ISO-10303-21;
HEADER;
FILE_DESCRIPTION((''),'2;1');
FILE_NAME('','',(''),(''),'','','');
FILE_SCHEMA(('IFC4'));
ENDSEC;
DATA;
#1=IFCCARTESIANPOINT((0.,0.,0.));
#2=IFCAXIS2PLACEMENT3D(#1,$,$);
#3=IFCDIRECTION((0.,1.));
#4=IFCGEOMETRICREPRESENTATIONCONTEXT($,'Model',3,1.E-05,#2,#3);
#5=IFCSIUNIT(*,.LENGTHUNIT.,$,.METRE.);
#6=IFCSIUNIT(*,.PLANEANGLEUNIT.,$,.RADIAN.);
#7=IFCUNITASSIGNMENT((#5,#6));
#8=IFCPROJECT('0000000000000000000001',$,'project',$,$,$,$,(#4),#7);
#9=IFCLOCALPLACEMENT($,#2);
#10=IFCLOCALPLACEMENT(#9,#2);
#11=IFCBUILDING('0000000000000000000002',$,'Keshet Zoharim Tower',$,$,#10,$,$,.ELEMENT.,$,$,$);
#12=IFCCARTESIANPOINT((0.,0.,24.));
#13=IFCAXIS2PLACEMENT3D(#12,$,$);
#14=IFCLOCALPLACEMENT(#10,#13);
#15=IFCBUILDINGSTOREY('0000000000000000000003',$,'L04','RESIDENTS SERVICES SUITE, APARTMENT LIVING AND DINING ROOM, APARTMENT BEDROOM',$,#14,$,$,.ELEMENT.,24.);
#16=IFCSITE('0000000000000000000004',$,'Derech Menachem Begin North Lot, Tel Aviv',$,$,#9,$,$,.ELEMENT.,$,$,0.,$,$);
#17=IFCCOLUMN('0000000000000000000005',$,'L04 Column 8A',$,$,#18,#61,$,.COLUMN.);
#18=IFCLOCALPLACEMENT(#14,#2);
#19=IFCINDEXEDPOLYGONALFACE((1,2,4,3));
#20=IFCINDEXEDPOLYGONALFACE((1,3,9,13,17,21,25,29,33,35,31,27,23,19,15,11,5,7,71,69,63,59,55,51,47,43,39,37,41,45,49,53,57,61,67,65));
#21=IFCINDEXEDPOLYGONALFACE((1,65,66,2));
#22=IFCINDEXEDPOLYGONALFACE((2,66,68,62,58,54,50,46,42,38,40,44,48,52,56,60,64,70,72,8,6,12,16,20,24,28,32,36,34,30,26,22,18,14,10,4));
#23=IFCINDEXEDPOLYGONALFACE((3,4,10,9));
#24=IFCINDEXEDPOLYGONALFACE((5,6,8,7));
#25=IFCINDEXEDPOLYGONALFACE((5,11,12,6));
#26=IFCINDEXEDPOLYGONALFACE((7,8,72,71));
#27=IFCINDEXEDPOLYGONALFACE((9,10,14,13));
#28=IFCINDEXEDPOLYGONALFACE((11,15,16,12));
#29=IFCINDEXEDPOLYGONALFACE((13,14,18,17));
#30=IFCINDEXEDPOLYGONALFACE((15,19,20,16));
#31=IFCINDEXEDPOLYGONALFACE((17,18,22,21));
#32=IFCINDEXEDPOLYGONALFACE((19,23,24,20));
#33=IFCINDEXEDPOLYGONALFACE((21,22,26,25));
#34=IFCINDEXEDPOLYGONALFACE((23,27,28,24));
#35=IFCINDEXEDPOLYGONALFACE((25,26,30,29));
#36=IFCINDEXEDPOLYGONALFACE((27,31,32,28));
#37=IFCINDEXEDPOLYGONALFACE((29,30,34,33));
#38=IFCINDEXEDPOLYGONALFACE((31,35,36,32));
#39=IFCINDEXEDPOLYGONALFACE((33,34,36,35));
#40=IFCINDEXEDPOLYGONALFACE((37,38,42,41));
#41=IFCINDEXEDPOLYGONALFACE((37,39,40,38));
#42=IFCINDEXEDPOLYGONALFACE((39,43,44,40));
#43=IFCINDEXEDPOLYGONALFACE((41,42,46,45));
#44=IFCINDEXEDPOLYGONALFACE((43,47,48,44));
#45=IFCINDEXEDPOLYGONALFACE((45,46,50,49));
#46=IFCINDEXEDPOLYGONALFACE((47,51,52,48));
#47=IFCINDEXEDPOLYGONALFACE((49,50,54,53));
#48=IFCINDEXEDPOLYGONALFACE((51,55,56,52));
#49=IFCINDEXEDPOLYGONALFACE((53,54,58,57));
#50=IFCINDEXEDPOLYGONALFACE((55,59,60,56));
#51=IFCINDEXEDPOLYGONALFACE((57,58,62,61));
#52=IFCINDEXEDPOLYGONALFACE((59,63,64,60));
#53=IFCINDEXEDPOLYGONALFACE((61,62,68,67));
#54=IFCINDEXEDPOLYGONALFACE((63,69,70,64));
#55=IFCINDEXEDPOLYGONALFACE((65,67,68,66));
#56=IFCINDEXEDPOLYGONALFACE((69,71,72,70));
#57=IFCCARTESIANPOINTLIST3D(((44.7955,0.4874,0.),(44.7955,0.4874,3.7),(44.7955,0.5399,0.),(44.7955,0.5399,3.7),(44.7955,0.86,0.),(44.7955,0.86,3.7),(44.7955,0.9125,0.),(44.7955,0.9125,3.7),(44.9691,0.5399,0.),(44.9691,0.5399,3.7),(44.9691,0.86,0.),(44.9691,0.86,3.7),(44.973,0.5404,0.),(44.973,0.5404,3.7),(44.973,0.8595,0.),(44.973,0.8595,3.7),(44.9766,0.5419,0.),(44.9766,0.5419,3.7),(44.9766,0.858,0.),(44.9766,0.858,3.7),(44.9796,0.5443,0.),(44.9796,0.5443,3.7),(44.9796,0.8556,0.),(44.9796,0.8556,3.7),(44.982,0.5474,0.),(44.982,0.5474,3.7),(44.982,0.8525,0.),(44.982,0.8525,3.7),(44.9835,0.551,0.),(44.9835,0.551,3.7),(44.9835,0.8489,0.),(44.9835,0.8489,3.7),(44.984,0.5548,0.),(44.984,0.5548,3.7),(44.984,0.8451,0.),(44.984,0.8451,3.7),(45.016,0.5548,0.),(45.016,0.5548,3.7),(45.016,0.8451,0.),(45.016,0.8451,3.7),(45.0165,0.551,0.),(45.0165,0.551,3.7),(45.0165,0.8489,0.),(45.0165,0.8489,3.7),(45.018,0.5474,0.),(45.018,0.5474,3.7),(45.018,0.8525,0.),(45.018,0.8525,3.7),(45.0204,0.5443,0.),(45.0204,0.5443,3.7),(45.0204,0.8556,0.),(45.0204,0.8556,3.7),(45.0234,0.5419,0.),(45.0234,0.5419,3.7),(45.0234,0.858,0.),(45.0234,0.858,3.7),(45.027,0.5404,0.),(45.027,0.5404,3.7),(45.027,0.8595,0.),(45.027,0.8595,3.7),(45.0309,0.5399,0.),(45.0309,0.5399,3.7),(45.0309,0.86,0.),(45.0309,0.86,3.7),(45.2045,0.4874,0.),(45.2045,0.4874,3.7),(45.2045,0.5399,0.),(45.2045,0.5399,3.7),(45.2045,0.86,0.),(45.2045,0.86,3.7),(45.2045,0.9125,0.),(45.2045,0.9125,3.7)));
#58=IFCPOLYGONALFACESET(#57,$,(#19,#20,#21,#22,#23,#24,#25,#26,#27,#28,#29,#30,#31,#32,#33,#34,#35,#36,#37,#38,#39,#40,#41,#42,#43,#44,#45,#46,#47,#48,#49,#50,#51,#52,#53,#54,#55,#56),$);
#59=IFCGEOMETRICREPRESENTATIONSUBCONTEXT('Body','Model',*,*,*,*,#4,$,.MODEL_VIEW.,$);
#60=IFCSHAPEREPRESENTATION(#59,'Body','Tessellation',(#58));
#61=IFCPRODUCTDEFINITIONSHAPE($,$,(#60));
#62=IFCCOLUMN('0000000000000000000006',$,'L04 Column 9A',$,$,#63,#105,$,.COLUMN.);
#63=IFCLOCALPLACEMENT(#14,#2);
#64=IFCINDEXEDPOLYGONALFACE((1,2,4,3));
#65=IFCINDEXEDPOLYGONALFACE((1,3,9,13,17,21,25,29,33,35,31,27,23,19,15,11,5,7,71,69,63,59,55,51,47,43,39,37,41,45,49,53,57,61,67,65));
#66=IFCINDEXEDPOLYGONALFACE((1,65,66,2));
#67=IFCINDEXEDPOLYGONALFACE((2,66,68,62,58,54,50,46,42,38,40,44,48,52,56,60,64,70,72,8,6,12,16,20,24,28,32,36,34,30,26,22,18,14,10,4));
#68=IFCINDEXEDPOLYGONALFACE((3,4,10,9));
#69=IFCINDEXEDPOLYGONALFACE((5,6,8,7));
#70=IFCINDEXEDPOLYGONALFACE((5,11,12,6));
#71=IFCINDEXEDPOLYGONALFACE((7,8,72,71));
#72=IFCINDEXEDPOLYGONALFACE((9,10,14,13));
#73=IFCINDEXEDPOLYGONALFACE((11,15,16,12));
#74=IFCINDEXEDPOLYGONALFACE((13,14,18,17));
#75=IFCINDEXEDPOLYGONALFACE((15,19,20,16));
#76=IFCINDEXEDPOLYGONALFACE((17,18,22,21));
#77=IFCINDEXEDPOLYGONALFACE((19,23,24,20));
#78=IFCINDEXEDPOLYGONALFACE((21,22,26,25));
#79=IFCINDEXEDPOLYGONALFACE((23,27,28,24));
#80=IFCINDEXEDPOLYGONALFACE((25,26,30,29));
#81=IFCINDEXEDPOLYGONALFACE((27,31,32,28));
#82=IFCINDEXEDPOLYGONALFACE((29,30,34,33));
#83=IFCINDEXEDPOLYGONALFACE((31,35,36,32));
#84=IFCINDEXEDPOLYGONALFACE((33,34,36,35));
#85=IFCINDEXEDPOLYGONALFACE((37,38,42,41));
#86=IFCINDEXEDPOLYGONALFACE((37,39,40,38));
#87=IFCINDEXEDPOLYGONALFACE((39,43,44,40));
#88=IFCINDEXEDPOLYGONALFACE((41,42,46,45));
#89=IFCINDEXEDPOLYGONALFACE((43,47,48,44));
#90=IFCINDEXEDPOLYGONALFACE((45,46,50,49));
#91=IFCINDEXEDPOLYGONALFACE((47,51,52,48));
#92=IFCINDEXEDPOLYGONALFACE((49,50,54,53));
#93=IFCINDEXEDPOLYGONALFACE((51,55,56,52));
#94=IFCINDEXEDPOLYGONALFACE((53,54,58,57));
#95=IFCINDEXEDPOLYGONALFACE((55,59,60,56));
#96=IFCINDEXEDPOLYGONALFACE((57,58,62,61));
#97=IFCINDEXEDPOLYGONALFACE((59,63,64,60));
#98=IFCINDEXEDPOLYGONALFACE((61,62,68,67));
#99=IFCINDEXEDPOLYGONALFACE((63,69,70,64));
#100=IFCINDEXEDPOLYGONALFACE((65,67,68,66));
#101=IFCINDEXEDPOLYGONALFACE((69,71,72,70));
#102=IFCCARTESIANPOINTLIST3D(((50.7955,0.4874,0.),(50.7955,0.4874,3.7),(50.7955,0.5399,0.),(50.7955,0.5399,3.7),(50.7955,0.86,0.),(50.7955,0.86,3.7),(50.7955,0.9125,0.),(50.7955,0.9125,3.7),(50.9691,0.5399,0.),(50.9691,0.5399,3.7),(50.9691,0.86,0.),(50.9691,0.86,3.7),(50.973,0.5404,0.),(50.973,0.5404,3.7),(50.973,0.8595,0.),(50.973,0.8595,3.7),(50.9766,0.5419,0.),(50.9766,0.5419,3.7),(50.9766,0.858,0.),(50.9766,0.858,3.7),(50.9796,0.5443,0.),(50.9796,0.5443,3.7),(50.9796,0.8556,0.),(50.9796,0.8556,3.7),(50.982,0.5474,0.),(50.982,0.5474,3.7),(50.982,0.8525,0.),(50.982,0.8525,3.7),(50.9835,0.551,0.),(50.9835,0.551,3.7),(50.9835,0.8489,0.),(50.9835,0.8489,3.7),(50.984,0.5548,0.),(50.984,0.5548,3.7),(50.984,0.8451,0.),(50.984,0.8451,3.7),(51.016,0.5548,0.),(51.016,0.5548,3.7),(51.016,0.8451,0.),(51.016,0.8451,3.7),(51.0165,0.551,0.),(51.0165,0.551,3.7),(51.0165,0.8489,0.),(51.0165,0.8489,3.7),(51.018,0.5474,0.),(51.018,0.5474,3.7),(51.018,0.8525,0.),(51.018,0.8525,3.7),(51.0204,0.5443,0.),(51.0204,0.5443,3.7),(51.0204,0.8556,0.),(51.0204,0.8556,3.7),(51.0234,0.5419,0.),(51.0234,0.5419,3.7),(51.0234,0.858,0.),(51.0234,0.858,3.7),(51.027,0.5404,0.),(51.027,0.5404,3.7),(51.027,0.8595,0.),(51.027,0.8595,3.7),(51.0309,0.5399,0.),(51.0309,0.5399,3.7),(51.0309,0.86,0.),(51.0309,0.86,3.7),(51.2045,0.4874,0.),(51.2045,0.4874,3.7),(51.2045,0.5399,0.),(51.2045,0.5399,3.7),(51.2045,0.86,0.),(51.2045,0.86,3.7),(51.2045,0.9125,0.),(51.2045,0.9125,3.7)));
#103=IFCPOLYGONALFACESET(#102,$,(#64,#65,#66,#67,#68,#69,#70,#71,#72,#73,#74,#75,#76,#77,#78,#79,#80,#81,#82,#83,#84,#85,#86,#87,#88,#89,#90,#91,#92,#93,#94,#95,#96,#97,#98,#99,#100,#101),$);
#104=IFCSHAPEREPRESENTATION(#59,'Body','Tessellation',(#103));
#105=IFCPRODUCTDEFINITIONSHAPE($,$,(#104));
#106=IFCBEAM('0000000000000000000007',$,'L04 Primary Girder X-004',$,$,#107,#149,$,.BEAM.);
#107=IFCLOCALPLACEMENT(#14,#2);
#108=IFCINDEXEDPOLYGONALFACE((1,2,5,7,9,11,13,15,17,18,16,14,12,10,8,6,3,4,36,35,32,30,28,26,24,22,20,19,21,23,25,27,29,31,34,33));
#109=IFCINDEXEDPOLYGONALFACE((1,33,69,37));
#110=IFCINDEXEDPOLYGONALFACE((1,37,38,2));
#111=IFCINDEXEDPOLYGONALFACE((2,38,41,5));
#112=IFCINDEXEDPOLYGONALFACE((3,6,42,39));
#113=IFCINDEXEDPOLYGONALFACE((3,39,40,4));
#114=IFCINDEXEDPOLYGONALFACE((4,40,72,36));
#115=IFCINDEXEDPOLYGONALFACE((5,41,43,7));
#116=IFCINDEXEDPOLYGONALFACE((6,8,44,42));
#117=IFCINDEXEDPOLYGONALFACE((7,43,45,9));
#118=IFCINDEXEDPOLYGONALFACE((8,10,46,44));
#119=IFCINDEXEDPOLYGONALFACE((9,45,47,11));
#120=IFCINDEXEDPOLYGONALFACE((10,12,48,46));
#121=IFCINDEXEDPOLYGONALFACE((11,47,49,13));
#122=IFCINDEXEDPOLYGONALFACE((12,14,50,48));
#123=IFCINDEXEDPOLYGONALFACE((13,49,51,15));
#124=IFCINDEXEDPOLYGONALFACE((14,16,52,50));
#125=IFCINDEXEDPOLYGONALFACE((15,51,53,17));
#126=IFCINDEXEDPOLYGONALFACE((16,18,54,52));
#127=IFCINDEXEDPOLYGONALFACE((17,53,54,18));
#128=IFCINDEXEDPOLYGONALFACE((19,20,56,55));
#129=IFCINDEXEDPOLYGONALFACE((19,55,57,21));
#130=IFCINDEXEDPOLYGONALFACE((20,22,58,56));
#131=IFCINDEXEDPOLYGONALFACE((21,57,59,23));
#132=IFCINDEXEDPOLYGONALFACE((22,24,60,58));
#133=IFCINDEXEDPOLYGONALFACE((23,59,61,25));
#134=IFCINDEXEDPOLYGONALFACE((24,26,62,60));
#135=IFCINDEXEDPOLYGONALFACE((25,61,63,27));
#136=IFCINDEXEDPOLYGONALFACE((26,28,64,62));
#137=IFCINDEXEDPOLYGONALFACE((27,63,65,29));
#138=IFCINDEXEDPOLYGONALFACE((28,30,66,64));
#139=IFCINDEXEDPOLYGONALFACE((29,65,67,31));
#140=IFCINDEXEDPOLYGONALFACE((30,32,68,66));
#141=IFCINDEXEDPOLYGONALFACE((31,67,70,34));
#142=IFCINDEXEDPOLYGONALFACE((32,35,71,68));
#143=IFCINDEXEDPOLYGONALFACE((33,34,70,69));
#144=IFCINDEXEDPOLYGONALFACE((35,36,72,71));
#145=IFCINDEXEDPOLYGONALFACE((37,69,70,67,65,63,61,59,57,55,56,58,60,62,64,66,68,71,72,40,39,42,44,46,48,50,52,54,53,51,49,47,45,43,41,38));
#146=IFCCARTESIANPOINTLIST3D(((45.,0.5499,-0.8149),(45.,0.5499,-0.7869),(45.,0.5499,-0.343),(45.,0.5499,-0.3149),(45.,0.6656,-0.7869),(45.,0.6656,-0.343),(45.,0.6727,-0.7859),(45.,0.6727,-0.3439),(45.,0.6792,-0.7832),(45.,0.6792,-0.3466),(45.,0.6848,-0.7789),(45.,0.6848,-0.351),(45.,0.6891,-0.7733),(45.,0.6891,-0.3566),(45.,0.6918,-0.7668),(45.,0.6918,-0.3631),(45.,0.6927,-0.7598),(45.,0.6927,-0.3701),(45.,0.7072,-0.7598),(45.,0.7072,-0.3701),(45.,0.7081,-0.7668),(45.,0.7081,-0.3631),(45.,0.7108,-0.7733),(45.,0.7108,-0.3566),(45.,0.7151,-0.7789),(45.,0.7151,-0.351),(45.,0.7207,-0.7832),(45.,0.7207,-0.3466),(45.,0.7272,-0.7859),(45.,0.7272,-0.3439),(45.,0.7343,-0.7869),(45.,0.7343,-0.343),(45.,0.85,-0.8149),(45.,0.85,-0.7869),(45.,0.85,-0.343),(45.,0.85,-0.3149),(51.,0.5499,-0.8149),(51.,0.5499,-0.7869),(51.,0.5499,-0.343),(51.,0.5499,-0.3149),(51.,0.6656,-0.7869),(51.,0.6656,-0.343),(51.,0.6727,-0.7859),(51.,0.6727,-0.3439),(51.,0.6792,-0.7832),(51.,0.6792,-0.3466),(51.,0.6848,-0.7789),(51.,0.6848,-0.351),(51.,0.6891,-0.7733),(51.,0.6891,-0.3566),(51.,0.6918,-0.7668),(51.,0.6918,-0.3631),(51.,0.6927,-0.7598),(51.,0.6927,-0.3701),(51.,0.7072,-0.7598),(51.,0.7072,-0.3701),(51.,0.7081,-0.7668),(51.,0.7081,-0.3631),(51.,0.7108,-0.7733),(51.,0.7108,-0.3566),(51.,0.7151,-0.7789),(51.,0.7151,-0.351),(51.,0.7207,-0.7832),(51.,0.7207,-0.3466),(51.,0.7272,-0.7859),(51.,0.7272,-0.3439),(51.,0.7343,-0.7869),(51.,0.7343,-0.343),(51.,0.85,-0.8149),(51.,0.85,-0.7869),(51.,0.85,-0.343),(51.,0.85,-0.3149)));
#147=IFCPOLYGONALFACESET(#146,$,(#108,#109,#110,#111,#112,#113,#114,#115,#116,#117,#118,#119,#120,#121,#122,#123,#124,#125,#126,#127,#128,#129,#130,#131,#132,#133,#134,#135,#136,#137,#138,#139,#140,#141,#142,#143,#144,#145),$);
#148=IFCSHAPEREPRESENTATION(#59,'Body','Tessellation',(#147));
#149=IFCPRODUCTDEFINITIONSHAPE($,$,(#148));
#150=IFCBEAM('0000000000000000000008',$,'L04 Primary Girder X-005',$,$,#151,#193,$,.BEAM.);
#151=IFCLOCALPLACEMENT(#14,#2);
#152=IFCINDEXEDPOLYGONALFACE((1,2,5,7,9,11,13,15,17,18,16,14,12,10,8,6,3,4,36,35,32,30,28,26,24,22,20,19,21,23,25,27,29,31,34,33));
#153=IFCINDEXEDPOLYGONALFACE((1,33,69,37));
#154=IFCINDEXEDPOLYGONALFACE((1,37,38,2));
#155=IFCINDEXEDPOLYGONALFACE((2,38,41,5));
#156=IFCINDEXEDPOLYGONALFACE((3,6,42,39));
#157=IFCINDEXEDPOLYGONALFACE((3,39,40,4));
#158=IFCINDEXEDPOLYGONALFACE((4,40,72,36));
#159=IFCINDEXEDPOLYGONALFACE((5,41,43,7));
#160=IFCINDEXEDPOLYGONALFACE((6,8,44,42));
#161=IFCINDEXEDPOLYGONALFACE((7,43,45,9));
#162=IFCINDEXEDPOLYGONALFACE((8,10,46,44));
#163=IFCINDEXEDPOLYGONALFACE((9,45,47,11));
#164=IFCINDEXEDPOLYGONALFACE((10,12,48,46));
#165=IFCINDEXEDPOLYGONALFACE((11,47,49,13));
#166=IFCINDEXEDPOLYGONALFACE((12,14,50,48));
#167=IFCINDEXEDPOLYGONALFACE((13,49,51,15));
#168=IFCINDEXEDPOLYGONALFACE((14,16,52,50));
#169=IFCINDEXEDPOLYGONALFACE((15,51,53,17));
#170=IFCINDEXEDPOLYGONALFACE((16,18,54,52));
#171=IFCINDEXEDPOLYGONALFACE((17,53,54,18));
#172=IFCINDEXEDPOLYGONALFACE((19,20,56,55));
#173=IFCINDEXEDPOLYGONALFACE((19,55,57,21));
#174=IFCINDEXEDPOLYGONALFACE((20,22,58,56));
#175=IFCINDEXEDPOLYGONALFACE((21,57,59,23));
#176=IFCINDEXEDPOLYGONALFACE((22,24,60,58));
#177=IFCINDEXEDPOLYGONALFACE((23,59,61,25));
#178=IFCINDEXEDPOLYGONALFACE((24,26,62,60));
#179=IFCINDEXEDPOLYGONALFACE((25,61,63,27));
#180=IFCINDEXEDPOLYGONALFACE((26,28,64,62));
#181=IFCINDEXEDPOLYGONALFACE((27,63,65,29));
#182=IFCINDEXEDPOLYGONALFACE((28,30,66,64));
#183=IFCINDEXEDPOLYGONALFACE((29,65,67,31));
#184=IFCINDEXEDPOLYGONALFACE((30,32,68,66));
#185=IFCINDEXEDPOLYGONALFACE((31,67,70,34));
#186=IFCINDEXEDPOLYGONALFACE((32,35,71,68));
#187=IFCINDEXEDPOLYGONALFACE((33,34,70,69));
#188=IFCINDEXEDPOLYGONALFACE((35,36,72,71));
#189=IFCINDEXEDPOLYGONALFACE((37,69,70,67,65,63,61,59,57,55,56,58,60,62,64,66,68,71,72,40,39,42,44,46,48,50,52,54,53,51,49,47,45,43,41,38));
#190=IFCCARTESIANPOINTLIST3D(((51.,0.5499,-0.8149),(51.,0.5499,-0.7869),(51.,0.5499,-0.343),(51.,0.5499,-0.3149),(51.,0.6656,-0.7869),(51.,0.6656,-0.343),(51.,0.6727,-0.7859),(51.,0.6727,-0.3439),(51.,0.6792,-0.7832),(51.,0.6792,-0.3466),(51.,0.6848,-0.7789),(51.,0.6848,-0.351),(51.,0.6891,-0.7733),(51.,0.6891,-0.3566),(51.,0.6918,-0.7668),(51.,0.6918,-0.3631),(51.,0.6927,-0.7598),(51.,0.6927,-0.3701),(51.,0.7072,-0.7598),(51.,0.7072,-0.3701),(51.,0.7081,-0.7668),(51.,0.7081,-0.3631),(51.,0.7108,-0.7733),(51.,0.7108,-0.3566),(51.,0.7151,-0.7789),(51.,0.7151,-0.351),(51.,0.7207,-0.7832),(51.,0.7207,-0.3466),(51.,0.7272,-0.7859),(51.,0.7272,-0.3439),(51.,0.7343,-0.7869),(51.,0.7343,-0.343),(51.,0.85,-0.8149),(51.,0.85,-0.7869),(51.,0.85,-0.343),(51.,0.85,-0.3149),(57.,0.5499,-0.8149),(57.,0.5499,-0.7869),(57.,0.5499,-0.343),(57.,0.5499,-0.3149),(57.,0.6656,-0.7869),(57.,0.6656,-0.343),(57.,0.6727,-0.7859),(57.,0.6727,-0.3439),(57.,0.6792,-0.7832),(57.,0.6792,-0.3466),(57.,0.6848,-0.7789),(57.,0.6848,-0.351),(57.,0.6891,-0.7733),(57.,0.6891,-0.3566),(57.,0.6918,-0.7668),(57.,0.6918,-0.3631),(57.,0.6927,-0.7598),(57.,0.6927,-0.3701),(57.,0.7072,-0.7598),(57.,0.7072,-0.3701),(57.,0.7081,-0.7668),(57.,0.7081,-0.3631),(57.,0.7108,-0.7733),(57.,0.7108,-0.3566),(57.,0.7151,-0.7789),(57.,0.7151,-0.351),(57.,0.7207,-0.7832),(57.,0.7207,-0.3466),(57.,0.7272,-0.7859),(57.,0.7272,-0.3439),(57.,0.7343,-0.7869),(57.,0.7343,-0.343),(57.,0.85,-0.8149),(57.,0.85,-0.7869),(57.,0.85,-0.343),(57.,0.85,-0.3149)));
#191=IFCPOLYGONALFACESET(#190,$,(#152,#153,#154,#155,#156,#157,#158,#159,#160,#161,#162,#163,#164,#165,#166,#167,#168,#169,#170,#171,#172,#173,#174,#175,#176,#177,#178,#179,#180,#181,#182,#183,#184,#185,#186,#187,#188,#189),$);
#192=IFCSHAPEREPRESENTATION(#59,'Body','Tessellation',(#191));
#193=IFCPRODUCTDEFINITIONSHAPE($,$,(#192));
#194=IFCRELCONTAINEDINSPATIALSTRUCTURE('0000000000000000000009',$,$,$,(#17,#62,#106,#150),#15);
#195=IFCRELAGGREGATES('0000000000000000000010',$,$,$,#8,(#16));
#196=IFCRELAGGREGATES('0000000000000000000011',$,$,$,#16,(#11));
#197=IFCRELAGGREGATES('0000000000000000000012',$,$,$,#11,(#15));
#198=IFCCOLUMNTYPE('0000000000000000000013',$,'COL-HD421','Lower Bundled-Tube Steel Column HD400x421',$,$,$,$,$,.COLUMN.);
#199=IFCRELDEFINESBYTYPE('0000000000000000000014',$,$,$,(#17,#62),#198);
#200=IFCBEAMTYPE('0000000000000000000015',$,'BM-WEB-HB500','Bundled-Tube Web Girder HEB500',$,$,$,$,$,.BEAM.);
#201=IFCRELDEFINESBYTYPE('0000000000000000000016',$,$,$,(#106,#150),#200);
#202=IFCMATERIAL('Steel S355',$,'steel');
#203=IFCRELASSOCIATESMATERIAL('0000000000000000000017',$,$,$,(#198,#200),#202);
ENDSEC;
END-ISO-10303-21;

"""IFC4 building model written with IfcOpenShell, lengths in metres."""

from ifc_helpers import new_model, si_unit, direction, frame, origin, origin_2d, place, context, subcontext, project, spatial, i_section, extrude, material, material_profile, profile_set, type_object, element, save


model = new_model("IFC4")

# Units and contexts
model_context = context("Model", 3, precision=1e-05, world=origin(), true_north=direction((0.0, 1.0)))
body_context = subcontext(model_context, "Body", "Model", "MODEL_VIEW")
ifc_project = project(units=[si_unit("LENGTHUNIT", "METRE"), si_unit("PLANEANGLEUNIT", "RADIAN")], contexts=[model_context])

# Site, building, storey
site_placement = place(None, origin())
site = spatial("IfcSite", under=ifc_project, at=site_placement, Name="Derech Menachem Begin North Lot, Tel Aviv", CompositionType="ELEMENT", RefElevation=0.0)
building_placement = place(site_placement, origin())
building = spatial("IfcBuilding", under=site, at=building_placement, Name="Keshet Zoharim Tower", CompositionType="ELEMENT")
storey_placement = place(building_placement, frame((0.0, 0.0, 24.0)))
storey = spatial("IfcBuildingStorey", under=building, at=storey_placement, Name="L04", Description="RESIDENTS SERVICES SUITE, APARTMENT LIVING AND DINING ROOM, APARTMENT BEDROOM", CompositionType="ELEMENT", Elevation=24.0)

# Columns
ifc_material_1 = material(Name="Steel S355", Category="steel")
ifc_material_profile_1 = material_profile(ifc_material_1, i_section(OverallWidth=0.4089, OverallDepth=0.425, WebThickness=0.032, FlangeThickness=0.0525, FilletRadius=0.0149, at=origin_2d()), Name="HD400x421")
ifc_profile_set_1 = profile_set([ifc_material_profile_1], Name="Steel S355")
column_type = type_object("IfcColumnType", Name="COL-HD421", Description="Lower Bundled-Tube Steel Column HD400x421", PredefinedType="COLUMN", material=ifc_profile_set_1)
for number, where, z_axis, x_axis, name in (
    (1, (45.0, 0.7, 0.0), (0.0, 0.0, 1.0), (1.0, 0.0, 0.0), "L04 Column 8A"),
    (2, (51.0, 0.7, 0.0), (0.0, 0.0, 1.0), (1.0, 0.0, 0.0), "L04 Column 9A"),
):
    element("IfcColumn", number, at=place(storey_placement, frame(where, z_axis=z_axis, x_axis=x_axis)), inside=storey, type_object=column_type, Name=name, PredefinedType="COLUMN", context=body_context, shape_type="SweptSolid", body=[
        extrude(i_section(OverallWidth=0.4089, OverallDepth=0.425, WebThickness=0.032, FlangeThickness=0.0525, FilletRadius=0.0149, at=origin_2d()), origin(), (0.0, 0.0, 1.0), 3.7),
    ])

# Beams
ifc_material_profile_2 = material_profile(ifc_material_1, i_section(OverallWidth=0.3, OverallDepth=0.5, WebThickness=0.0144, FlangeThickness=0.0281, FilletRadius=0.0271, at=origin_2d()), Name="HEB500")
ifc_profile_set_2 = profile_set([ifc_material_profile_2], Name="Steel S355")
beam_type = type_object("IfcBeamType", Name="BM-WEB-HB500", Description="Bundled-Tube Web Girder HEB500", PredefinedType="BEAM", material=ifc_profile_set_2)
for number, where, z_axis, x_axis, name in (
    (3, (45.0, 0.7, -0.5649), (1.0, 0.0, 0.0), (0.0, 1.0, 0.0), "L04 Primary Girder X-004"),
    (4, (51.0, 0.7, -0.5649), (1.0, 0.0, 0.0), (0.0, 1.0, 0.0), "L04 Primary Girder X-005"),
):
    element("IfcBeam", number, at=place(storey_placement, frame(where, z_axis=z_axis, x_axis=x_axis)), inside=storey, type_object=beam_type, Name=name, PredefinedType="BEAM", context=body_context, shape_type="SweptSolid", body=[
        extrude(i_section(OverallWidth=0.3, OverallDepth=0.5, WebThickness=0.0144, FlangeThickness=0.0281, FilletRadius=0.0271, at=origin_2d()), origin(), (0.0, 0.0, 1.0), 6.0),
    ])

save(model, "model.ifc")
